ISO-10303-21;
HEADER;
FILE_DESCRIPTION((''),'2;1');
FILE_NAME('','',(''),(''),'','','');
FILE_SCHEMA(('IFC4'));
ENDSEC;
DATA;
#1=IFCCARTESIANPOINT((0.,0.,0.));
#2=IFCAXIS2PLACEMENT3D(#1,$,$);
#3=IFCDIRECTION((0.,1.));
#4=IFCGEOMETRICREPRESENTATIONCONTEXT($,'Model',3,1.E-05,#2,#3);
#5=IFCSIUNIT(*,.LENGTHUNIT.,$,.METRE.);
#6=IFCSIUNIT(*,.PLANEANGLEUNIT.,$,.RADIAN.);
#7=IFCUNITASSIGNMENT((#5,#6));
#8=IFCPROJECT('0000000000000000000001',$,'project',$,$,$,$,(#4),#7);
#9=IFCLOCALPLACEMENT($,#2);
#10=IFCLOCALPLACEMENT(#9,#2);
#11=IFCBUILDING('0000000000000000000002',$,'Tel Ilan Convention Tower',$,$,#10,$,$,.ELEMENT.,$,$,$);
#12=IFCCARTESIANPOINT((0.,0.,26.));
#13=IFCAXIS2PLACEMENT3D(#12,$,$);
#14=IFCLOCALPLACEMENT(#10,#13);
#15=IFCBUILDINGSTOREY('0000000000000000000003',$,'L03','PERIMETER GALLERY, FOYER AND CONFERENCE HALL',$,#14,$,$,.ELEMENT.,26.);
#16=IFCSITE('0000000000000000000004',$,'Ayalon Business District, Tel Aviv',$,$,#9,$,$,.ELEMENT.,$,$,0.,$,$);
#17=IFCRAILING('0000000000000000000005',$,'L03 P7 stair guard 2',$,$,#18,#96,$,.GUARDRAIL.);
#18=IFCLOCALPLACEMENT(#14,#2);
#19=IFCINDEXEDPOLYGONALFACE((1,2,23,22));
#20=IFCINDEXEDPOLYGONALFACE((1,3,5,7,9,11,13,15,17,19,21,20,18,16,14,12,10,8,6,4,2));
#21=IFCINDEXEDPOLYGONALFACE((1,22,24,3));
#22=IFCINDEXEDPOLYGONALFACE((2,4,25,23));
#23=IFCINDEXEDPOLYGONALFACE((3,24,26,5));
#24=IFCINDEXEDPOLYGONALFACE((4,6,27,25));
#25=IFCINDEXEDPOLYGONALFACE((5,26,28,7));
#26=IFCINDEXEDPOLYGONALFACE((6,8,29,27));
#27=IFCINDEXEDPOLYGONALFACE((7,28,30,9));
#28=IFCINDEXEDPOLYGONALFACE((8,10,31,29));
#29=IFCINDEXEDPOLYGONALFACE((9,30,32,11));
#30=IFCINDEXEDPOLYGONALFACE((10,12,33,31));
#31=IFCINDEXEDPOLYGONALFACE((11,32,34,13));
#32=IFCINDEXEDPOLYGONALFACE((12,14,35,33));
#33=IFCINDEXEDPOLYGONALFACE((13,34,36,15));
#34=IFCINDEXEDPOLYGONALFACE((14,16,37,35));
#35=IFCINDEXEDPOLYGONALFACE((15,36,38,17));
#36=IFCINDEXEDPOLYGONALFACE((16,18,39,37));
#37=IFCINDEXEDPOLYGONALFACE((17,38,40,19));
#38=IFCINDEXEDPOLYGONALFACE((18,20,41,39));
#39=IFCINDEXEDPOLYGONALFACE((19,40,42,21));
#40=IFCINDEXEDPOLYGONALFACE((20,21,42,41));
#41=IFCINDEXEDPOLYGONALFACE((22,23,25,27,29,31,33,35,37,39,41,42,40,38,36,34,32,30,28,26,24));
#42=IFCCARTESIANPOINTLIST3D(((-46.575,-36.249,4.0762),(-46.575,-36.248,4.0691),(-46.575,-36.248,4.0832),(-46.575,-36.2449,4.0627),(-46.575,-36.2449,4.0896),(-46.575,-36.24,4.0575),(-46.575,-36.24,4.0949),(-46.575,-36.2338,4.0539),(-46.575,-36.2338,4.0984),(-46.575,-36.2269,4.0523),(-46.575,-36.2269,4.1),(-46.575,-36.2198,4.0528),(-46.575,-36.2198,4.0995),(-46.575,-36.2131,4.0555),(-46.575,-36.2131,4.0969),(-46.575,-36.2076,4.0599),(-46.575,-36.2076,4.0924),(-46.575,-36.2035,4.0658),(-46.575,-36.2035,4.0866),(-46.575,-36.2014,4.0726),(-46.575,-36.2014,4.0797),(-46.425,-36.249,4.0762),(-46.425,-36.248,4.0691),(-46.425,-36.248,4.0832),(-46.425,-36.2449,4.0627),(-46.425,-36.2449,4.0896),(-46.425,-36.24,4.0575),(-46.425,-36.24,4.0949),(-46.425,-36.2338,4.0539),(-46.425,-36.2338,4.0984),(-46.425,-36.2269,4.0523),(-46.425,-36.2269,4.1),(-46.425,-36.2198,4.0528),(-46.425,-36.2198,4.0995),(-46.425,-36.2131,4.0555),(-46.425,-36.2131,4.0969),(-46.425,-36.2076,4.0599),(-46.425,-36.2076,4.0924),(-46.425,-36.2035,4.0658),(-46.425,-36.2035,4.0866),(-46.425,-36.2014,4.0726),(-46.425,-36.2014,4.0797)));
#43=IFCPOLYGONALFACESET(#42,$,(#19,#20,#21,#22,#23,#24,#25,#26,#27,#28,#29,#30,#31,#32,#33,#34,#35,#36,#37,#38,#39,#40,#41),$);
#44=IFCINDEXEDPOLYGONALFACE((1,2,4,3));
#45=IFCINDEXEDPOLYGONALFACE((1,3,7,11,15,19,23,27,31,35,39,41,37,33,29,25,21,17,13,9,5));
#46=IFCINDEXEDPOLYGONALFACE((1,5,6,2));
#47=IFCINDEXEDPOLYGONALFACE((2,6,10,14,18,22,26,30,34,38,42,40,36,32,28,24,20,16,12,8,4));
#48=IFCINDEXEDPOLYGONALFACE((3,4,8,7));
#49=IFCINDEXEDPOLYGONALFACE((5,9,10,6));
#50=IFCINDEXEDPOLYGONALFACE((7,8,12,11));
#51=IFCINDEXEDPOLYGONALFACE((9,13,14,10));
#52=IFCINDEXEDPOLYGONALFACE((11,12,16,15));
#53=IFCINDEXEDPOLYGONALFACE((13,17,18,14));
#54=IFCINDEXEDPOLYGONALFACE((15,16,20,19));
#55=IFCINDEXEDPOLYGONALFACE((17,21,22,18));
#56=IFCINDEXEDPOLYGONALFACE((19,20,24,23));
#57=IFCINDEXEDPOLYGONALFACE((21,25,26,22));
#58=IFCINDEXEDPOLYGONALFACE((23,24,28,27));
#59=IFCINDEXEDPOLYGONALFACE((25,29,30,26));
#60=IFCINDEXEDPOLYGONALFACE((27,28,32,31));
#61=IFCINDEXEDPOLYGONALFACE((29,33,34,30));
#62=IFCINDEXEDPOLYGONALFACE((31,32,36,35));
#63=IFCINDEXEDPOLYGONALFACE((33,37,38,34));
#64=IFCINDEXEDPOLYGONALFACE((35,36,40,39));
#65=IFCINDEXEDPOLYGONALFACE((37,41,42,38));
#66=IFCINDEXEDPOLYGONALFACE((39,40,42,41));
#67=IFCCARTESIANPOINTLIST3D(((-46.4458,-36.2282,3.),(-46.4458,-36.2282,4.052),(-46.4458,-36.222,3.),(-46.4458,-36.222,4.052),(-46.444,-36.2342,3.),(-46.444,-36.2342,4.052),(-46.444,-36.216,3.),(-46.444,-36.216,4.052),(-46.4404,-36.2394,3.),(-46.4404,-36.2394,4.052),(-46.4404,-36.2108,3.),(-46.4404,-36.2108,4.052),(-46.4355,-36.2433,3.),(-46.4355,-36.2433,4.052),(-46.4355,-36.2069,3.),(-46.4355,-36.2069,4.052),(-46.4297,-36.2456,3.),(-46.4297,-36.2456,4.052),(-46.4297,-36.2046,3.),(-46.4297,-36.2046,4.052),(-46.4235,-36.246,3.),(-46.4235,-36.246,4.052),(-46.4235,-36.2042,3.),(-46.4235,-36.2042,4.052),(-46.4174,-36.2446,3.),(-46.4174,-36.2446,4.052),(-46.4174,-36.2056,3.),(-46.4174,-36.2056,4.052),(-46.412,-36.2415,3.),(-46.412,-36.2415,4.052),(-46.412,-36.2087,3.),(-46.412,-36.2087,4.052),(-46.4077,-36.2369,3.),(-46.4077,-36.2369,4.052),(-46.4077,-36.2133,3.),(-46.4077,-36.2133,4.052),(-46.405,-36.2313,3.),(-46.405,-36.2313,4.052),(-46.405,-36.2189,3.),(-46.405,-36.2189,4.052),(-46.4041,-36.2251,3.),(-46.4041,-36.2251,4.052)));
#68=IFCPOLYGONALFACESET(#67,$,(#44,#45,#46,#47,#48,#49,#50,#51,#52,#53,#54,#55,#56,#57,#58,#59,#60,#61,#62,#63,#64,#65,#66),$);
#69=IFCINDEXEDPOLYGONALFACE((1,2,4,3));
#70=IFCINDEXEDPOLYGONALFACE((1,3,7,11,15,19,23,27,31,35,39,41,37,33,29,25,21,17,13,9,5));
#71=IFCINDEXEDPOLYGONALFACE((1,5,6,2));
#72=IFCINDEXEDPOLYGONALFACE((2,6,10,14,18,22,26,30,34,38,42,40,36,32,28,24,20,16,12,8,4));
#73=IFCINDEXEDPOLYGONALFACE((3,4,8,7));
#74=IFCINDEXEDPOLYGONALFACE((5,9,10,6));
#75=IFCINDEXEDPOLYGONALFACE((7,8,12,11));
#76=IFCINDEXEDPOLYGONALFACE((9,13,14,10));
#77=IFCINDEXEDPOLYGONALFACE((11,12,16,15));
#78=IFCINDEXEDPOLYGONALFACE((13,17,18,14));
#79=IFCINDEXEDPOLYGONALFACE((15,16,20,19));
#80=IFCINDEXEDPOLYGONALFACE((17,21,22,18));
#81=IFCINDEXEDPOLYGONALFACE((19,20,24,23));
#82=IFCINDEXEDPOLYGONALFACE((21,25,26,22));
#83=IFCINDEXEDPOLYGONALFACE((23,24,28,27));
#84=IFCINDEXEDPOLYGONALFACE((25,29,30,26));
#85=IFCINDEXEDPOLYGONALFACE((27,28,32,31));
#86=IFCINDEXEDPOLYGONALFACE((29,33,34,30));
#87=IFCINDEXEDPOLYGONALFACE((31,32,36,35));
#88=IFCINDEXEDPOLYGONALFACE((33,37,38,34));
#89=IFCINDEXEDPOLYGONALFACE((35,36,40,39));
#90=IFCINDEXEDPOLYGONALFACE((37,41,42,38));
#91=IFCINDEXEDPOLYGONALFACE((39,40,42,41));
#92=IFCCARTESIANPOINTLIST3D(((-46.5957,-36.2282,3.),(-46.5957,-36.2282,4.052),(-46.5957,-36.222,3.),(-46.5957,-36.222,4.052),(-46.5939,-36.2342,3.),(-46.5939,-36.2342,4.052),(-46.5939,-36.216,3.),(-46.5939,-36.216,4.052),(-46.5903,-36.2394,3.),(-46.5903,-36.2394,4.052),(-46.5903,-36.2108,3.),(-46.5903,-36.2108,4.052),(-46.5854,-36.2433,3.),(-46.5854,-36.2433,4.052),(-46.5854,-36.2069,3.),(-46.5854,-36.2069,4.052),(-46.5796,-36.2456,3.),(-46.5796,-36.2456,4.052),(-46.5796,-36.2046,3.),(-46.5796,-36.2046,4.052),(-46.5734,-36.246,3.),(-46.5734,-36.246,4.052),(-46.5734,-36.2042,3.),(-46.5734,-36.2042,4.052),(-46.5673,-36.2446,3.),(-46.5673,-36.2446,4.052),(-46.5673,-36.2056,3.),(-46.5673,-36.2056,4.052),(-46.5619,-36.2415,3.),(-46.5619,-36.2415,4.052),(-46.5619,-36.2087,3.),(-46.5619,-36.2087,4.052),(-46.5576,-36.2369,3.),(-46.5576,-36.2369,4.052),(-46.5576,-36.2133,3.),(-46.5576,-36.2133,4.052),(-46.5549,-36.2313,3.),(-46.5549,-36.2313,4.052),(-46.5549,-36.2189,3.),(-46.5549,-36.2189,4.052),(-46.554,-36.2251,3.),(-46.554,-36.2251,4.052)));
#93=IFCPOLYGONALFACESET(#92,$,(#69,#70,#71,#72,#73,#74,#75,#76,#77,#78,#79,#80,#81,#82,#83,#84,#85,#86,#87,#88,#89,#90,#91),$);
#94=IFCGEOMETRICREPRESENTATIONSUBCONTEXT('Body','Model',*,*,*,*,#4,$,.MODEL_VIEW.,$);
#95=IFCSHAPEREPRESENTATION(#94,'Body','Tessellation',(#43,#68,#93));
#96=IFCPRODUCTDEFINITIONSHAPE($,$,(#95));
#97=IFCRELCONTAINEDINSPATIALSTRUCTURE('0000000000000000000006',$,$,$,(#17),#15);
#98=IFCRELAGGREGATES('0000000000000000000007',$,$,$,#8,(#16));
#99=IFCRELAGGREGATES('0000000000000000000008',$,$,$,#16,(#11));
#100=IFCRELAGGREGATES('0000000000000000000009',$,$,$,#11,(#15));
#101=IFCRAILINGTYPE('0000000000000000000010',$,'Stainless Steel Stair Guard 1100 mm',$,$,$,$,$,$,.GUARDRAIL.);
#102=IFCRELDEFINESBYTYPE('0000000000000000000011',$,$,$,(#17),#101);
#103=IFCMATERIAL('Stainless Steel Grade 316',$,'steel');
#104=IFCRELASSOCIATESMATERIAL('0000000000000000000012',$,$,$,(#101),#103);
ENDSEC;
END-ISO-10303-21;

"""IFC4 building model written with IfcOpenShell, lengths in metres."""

from ifc_helpers import new_model, si_unit, direction, frame, origin, origin_2d, place, context, subcontext, project, spatial, circle, extrude, material, type_object, element, save


model = new_model("IFC4")

# Units and contexts
model_context = context("Model", 3, precision=1e-05, world=origin(), true_north=direction((0.0, 1.0)))
body_context = subcontext(model_context, "Body", "Model", "MODEL_VIEW")
ifc_project = project(units=[si_unit("LENGTHUNIT", "METRE"), si_unit("PLANEANGLEUNIT", "RADIAN")], contexts=[model_context])

# Site, building, storey
site_placement = place(None, origin())
site = spatial("IfcSite", under=ifc_project, at=site_placement, Name="Ayalon Business District, Tel Aviv", CompositionType="ELEMENT", RefElevation=0.0)
building_placement = place(site_placement, origin())
building = spatial("IfcBuilding", under=site, at=building_placement, Name="Tel Ilan Convention Tower", CompositionType="ELEMENT")
storey_placement = place(building_placement, frame((0.0, 0.0, 26.0)))
storey = spatial("IfcBuildingStorey", under=building, at=storey_placement, Name="L03", Description="PERIMETER GALLERY, FOYER AND CONFERENCE HALL", CompositionType="ELEMENT", Elevation=26.0)

# Railing
ifc_material_1 = material(Name="Stainless Steel Grade 316", Category="steel")
railing_type_1 = type_object("IfcRailingType", Name="Stainless Steel Stair Guard 1100 mm", PredefinedType="GUARDRAIL", material=ifc_material_1)
railing_1_placement = place(storey_placement, frame((-46.425, -36.2251, 3.0)))
element("IfcRailing", 1, at=railing_1_placement, inside=storey, type_object=railing_type_1, Name="L03 P7 stair guard 2", PredefinedType="GUARDRAIL", context=body_context, shape_type="SweptSolid", body=[
    extrude(circle(Radius=0.0239, at=origin_2d()), frame((0.0, 0.0, 1.0762), z_axis=(-1.0, 0.0, 0.0), x_axis=(0.0, -1.0, 0.0)), (0.0, 0.0, 1.0), 0.1499),
    extrude(circle(Radius=0.021, at=origin_2d()), origin(), (0.0, 0.0, 1.0), 1.052),
    extrude(circle(Radius=0.021, at=origin_2d()), frame((-0.1499, 0.0, 0.0)), (0.0, 0.0, 1.0), 1.052),
])

save(model, "model.ifc")
